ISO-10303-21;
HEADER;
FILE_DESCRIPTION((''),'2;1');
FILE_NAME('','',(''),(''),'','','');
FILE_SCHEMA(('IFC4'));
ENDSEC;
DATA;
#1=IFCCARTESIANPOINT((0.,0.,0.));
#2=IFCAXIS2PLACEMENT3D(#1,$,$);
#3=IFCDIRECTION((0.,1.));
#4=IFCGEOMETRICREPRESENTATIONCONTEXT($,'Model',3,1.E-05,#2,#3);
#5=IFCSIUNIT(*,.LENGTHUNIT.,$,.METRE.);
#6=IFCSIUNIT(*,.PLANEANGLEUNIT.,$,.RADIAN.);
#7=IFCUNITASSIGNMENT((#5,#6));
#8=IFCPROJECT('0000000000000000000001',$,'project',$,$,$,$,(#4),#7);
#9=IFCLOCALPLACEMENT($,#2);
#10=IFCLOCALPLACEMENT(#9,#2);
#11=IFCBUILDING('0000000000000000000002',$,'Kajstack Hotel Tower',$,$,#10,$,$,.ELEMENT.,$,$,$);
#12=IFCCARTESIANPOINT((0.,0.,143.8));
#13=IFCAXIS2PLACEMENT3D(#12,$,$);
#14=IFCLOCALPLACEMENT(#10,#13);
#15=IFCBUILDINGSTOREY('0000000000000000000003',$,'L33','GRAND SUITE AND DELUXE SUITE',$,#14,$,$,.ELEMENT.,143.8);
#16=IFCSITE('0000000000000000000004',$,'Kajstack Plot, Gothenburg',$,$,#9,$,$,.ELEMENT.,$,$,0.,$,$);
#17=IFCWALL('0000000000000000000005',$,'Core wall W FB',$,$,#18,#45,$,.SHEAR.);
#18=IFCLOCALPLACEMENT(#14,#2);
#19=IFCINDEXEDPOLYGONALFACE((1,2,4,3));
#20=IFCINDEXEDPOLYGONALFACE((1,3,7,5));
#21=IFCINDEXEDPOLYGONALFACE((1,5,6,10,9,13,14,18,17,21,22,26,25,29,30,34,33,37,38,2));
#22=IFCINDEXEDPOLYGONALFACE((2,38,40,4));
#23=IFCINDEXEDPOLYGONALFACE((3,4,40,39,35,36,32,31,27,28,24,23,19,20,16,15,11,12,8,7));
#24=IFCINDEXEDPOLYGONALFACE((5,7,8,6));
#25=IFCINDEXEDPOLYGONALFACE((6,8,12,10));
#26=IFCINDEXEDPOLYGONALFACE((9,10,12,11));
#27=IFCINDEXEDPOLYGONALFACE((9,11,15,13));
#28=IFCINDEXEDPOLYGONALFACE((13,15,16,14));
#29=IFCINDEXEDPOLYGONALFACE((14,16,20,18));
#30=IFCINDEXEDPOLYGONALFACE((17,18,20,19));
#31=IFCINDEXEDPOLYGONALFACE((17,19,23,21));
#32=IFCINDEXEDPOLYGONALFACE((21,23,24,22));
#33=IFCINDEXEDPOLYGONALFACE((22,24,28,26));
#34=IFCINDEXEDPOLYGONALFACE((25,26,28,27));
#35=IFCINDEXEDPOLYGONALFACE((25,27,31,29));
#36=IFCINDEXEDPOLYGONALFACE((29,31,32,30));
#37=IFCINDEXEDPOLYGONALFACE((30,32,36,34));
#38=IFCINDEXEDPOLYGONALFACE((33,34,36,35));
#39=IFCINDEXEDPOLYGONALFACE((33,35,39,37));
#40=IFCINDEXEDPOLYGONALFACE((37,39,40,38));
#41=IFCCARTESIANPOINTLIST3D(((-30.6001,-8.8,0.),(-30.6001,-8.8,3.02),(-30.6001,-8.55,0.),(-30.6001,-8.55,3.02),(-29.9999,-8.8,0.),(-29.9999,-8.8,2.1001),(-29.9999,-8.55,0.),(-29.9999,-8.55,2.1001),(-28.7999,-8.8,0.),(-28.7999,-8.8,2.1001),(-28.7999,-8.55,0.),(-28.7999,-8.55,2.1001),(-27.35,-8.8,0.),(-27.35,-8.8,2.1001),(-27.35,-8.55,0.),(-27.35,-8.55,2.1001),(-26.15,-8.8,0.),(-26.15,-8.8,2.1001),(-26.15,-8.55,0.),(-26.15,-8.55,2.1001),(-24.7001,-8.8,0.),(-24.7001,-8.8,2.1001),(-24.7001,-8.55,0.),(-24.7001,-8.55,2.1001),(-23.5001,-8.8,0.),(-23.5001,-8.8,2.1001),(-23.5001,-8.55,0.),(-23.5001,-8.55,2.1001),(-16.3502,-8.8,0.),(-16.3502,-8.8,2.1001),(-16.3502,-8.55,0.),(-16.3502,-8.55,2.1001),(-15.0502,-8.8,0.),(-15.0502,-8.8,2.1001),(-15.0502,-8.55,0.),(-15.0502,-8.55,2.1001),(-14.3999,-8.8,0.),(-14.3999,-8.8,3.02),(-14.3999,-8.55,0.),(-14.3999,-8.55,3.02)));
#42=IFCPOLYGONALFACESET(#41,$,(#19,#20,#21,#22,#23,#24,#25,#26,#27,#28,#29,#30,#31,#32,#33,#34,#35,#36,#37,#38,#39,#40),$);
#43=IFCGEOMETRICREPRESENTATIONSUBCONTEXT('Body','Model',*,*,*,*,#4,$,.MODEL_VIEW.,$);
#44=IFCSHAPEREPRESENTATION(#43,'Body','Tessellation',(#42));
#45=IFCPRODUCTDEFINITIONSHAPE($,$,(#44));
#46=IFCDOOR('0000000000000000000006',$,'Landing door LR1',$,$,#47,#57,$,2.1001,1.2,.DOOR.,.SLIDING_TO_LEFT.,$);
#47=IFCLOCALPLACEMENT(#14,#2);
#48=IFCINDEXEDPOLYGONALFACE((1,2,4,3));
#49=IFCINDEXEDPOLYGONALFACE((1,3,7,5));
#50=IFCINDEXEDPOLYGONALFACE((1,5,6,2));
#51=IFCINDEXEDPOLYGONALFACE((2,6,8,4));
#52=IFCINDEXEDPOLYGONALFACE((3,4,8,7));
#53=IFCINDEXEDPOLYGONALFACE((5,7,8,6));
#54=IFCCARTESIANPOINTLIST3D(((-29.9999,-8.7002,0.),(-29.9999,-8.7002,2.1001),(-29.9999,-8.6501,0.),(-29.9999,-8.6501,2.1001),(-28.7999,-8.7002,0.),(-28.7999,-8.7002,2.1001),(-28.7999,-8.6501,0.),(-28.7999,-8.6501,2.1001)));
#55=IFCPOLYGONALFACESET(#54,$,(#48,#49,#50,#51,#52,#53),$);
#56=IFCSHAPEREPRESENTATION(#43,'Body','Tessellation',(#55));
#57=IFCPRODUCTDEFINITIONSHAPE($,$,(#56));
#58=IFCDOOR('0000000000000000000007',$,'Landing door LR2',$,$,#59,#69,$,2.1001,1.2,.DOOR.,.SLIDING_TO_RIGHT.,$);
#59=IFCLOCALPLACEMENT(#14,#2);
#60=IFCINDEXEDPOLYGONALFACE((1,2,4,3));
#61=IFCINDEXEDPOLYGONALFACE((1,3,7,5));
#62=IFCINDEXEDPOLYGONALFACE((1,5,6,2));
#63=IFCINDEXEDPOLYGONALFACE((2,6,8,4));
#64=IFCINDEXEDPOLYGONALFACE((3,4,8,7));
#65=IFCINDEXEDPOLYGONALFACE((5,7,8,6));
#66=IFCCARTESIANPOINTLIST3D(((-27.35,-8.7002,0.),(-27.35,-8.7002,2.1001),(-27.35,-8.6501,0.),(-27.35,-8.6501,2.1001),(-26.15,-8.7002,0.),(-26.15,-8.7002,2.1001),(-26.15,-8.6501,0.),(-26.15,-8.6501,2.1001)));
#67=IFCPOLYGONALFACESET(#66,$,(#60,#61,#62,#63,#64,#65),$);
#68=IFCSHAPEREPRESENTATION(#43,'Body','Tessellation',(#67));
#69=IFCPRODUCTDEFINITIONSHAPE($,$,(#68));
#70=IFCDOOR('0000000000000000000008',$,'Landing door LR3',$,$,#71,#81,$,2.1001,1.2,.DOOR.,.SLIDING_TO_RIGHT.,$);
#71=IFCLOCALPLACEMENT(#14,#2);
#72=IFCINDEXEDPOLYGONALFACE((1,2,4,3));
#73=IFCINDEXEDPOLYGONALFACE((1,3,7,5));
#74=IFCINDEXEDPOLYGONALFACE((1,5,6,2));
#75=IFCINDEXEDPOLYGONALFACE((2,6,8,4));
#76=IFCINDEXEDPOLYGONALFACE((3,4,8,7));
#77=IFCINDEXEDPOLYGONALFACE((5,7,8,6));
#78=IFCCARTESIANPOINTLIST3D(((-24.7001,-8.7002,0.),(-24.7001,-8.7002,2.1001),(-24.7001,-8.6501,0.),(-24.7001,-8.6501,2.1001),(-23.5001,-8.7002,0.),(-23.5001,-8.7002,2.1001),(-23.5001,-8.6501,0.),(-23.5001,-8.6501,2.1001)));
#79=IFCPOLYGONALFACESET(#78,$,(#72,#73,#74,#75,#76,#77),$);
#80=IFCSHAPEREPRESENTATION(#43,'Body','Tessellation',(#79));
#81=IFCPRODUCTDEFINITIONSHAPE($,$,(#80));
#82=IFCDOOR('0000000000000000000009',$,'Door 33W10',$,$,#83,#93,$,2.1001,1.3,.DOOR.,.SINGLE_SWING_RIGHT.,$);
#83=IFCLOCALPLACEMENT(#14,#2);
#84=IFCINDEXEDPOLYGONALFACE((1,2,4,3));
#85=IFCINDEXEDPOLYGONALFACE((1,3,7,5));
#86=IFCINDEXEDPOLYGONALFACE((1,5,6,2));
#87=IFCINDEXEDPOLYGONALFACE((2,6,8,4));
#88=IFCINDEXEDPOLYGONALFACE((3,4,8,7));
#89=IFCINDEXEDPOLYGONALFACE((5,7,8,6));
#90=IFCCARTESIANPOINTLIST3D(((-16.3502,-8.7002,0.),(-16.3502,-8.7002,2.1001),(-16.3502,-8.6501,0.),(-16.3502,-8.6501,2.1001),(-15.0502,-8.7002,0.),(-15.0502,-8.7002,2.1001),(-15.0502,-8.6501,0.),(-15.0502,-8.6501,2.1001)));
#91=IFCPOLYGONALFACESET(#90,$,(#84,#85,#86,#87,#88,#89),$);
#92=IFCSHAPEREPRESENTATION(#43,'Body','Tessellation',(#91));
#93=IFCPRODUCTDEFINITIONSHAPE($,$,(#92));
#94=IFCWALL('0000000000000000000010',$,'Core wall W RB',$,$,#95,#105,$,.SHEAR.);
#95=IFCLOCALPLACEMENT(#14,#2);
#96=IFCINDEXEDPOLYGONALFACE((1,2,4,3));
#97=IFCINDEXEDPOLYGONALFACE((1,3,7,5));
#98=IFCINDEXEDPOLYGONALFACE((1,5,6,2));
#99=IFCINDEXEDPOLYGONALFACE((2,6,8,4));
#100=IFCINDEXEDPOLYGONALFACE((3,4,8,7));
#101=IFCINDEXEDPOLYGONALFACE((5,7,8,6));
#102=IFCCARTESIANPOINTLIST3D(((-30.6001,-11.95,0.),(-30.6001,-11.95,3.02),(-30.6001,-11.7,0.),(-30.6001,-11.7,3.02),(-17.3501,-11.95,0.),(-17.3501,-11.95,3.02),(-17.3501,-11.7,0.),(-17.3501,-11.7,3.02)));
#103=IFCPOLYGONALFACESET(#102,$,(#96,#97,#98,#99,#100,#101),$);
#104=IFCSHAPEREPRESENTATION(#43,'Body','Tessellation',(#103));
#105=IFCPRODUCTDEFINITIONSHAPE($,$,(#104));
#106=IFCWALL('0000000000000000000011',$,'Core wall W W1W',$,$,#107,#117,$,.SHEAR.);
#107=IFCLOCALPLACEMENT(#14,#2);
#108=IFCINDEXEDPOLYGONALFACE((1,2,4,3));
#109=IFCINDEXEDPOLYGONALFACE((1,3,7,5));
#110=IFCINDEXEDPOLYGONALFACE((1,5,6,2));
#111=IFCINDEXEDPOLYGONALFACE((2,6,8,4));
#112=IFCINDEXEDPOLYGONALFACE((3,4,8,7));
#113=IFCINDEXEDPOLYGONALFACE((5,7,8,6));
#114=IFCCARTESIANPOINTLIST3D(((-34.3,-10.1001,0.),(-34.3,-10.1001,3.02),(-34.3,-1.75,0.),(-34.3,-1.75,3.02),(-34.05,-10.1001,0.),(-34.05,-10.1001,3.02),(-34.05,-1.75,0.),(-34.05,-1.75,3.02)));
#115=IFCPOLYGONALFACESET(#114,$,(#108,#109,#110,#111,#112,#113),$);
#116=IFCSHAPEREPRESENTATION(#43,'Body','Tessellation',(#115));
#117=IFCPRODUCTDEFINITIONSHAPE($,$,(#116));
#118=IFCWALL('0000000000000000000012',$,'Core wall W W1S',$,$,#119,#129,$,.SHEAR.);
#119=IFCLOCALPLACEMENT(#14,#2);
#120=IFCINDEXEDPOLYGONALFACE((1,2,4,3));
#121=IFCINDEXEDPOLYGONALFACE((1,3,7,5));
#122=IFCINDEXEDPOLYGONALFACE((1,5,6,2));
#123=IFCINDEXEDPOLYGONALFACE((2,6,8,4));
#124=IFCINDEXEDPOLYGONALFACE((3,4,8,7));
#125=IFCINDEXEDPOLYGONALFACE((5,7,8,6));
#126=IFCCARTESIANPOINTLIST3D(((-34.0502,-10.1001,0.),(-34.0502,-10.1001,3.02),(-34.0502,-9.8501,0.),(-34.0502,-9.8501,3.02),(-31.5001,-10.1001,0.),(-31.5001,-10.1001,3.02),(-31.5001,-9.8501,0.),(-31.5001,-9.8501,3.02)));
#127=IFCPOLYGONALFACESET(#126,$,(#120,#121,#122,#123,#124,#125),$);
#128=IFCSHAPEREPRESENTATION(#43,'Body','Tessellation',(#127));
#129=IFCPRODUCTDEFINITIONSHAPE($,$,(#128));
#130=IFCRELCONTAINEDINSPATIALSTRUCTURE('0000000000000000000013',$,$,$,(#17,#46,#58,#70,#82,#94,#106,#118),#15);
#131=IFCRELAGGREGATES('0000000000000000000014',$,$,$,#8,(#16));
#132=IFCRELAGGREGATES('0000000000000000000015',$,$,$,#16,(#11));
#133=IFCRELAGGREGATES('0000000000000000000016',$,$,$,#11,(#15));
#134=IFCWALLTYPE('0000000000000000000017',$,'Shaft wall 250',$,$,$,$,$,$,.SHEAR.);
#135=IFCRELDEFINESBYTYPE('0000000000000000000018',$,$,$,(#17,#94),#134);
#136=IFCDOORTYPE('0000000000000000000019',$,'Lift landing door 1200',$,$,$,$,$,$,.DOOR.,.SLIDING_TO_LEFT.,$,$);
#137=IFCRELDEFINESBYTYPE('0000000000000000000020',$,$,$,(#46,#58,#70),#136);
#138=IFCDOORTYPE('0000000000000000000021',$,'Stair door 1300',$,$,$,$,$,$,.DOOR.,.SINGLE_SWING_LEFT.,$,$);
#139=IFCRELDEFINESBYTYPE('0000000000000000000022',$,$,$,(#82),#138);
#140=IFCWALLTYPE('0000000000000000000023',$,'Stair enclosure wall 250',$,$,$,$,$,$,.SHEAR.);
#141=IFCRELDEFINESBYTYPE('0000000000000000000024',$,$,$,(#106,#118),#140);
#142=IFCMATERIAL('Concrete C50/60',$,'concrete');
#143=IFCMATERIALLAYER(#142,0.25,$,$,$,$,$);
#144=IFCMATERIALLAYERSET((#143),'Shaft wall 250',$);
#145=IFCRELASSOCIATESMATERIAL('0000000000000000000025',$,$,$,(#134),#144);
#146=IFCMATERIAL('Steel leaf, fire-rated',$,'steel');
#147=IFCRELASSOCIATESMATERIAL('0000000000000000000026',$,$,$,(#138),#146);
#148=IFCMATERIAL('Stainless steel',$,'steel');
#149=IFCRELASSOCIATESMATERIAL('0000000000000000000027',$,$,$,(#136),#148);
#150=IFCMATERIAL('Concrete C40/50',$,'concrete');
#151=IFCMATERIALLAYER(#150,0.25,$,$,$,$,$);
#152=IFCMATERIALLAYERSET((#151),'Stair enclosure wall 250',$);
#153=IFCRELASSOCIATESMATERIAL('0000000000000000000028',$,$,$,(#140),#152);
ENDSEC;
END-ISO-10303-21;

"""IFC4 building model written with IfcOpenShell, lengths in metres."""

from ifc_helpers import new_model, si_unit, direction, frame, frame_2d, origin, place, context, subcontext, project, spatial, rectangle, extrude, material, layer, layer_set, type_object, element, fill, save


model = new_model("IFC4")

# Units and contexts
model_context = context("Model", 3, precision=1e-05, world=origin(), true_north=direction((0.0, 1.0)))
body_context = subcontext(model_context, "Body", "Model", "MODEL_VIEW")
ifc_project = project(units=[si_unit("LENGTHUNIT", "METRE"), si_unit("PLANEANGLEUNIT", "RADIAN")], contexts=[model_context])

# Site, building, storey
site_placement = place(None, origin())
site = spatial("IfcSite", under=ifc_project, at=site_placement, Name="Kajstack Plot, Gothenburg", CompositionType="ELEMENT", RefElevation=0.0)
building_placement = place(site_placement, origin())
building = spatial("IfcBuilding", under=site, at=building_placement, Name="Kajstack Hotel Tower", CompositionType="ELEMENT")
storey_placement = place(building_placement, frame((0.0, 0.0, 143.8)))
storey = spatial("IfcBuildingStorey", under=building, at=storey_placement, Name="L33", Description="GRAND SUITE AND DELUXE SUITE", CompositionType="ELEMENT", Elevation=143.8)

# Shared definitions
ifc_material_1 = material(Name="Stainless steel", Category="steel")

# Shared definitions
ifc_material_2 = material(Name="Concrete C40/50", Category="concrete")

# Wall, openings, doors
ifc_material_3 = material(Name="Concrete C50/60", Category="concrete")
ifc_layer_1 = layer(ifc_material_3, 0.25)
ifc_layer_set_1 = layer_set([ifc_layer_1], Name="Shaft wall 250")
wall_type_1 = type_object("IfcWallType", Name="Shaft wall 250", PredefinedType="SHEAR", material=ifc_layer_set_1)
ifc_material_4 = material(Name="Steel leaf, fire-rated", Category="steel")
door_type_1 = type_object("IfcDoorType", Name="Stair door 1300", OperationType="SINGLE_SWING_LEFT", PredefinedType="DOOR", material=ifc_material_4)
wall_1_placement = place(storey_placement, frame((-30.6001, -8.675, 0.0), z_axis=(0.0, 0.0, 1.0), x_axis=(1.0, 0.0, 0.0)))
wall_1 = element("IfcWall", 1, at=wall_1_placement, inside=storey, type_object=wall_type_1, Name="Core wall W FB", PredefinedType="SHEAR", context=body_context, shape_type="SweptSolid", body=[
    extrude(rectangle(XDim=16.2002, YDim=0.25, at=frame_2d((8.1001, 0.0))), origin(), (0.0, 0.0, 1.0), 3.02),
])
opening_1_placement = place(wall_1_placement, frame((0.6001, 0.0, 0.0)))
opening_1 = element("IfcOpeningElement", 2, at=opening_1_placement, cuts=wall_1, PredefinedType="OPENING", context=body_context, shape_type="SweptSolid", body=[
    extrude(rectangle(XDim=1.2, YDim=2.1001, at=frame_2d((0.6001, 1.05))), frame((0.0, 0.135, 0.0), z_axis=(0.0, -1.0, 0.0), x_axis=(1.0, 0.0, 0.0)), (0.0, 0.0, 1.0), 0.27),
])
opening_2_placement = place(wall_1_placement, frame((3.25, 0.0, 0.0)))
opening_2 = element("IfcOpeningElement", 3, at=opening_2_placement, cuts=wall_1, PredefinedType="OPENING", context=body_context, shape_type="SweptSolid", body=[
    extrude(rectangle(XDim=1.2, YDim=2.1001, at=frame_2d((0.6001, 1.05))), frame((0.0, 0.135, 0.0), z_axis=(0.0, -1.0, 0.0), x_axis=(1.0, 0.0, 0.0)), (0.0, 0.0, 1.0), 0.27),
])
opening_3_placement = place(wall_1_placement, frame((5.8999, 0.0, 0.0)))
opening_3 = element("IfcOpeningElement", 4, at=opening_3_placement, cuts=wall_1, PredefinedType="OPENING", context=body_context, shape_type="SweptSolid", body=[
    extrude(rectangle(XDim=1.2, YDim=2.1001, at=frame_2d((0.6001, 1.05))), frame((0.0, 0.135, 0.0), z_axis=(0.0, -1.0, 0.0), x_axis=(1.0, 0.0, 0.0)), (0.0, 0.0, 1.0), 0.27),
])
opening_4_placement = place(wall_1_placement, frame((14.25, 0.0, 0.0)))
opening_4 = element("IfcOpeningElement", 5, at=opening_4_placement, cuts=wall_1, PredefinedType="OPENING", context=body_context, shape_type="SweptSolid", body=[
    extrude(rectangle(XDim=1.3, YDim=2.1001, at=frame_2d((0.6499, 1.05))), frame((0.0, 0.135, 0.0), z_axis=(0.0, -1.0, 0.0), x_axis=(1.0, 0.0, 0.0)), (0.0, 0.0, 1.0), 0.27),
])
door_type_2 = type_object("IfcDoorType", Name="Lift landing door 1200", OperationType="SLIDING_TO_LEFT", PredefinedType="DOOR", material=ifc_material_1)
door_1_placement = place(opening_1_placement, origin())
door_1 = element("IfcDoor", 6, at=door_1_placement, inside=storey, type_object=door_type_2, Name="Landing door LR1", OperationType="SLIDING_TO_LEFT", OverallHeight=2.1001, OverallWidth=1.2, PredefinedType="DOOR", context=body_context, shape_type="SweptSolid", body=[
    extrude(rectangle(XDim=1.2, YDim=2.1001, at=frame_2d((0.6001, 1.05))), frame((0.0, 0.0249, 0.0), z_axis=(0.0, -1.0, 0.0), x_axis=(1.0, 0.0, 0.0)), (0.0, 0.0, 1.0), 0.05),
])
fill(opening_1, door_1)
door_2_placement = place(opening_2_placement, origin())
door_2 = element("IfcDoor", 7, at=door_2_placement, inside=storey, type_object=door_type_2, Name="Landing door LR2", OperationType="SLIDING_TO_RIGHT", OverallHeight=2.1001, OverallWidth=1.2, PredefinedType="DOOR", context=body_context, shape_type="SweptSolid", body=[
    extrude(rectangle(XDim=1.2, YDim=2.1001, at=frame_2d((0.6001, 1.05))), frame((0.0, 0.0249, 0.0), z_axis=(0.0, -1.0, 0.0), x_axis=(1.0, 0.0, 0.0)), (0.0, 0.0, 1.0), 0.05),
])
fill(opening_2, door_2)
door_3_placement = place(opening_3_placement, origin())
door_3 = element("IfcDoor", 8, at=door_3_placement, inside=storey, type_object=door_type_2, Name="Landing door LR3", OperationType="SLIDING_TO_RIGHT", OverallHeight=2.1001, OverallWidth=1.2, PredefinedType="DOOR", context=body_context, shape_type="SweptSolid", body=[
    extrude(rectangle(XDim=1.2, YDim=2.1001, at=frame_2d((0.6001, 1.05))), frame((0.0, 0.0249, 0.0), z_axis=(0.0, -1.0, 0.0), x_axis=(1.0, 0.0, 0.0)), (0.0, 0.0, 1.0), 0.05),
])
fill(opening_3, door_3)
door_4_placement = place(opening_4_placement, origin())
door_4 = element("IfcDoor", 9, at=door_4_placement, inside=storey, type_object=door_type_1, Name="Door 33W10", OperationType="SINGLE_SWING_RIGHT", OverallHeight=2.1001, OverallWidth=1.3, PredefinedType="DOOR", context=body_context, shape_type="SweptSolid", body=[
    extrude(rectangle(XDim=1.3, YDim=2.1001, at=frame_2d((0.6499, 1.05))), frame((0.0, 0.0249, 0.0), z_axis=(0.0, -1.0, 0.0), x_axis=(1.0, 0.0, 0.0)), (0.0, 0.0, 1.0), 0.05),
])
fill(opening_4, door_4)

# Walls
wall_2_placement = place(storey_placement, frame((-30.6001, -11.825, 0.0), z_axis=(0.0, 0.0, 1.0), x_axis=(1.0, 0.0, 0.0)))
element("IfcWall", 10, at=wall_2_placement, inside=storey, type_object=wall_type_1, Name="Core wall W RB", PredefinedType="SHEAR", context=body_context, shape_type="SweptSolid", body=[
    extrude(rectangle(XDim=13.25, YDim=0.25, at=frame_2d((6.625, 0.0))), origin(), (0.0, 0.0, 1.0), 3.02),
])
ifc_layer_2 = layer(ifc_material_2, 0.25)
ifc_layer_set_2 = layer_set([ifc_layer_2], Name="Stair enclosure wall 250")
wall_type_2 = type_object("IfcWallType", Name="Stair enclosure wall 250", PredefinedType="SHEAR", material=ifc_layer_set_2)
wall_3_placement = place(storey_placement, frame((-34.175, -10.1001, 0.0), z_axis=(0.0, 0.0, 1.0), x_axis=(0.0, 1.0, 0.0)))
element("IfcWall", 11, at=wall_3_placement, inside=storey, type_object=wall_type_2, Name="Core wall W W1W", PredefinedType="SHEAR", context=body_context, shape_type="SweptSolid", body=[
    extrude(rectangle(XDim=8.3501, YDim=0.25, at=frame_2d((4.175, 0.0))), origin(), (0.0, 0.0, 1.0), 3.02),
])
wall_4_placement = place(storey_placement, frame((-34.05, -9.9751, 0.0), z_axis=(0.0, 0.0, 1.0), x_axis=(1.0, 0.0, 0.0)))
element("IfcWall", 12, at=wall_4_placement, inside=storey, type_object=wall_type_2, Name="Core wall W W1S", PredefinedType="SHEAR", context=body_context, shape_type="SweptSolid", body=[
    extrude(rectangle(XDim=2.55, YDim=0.25, at=frame_2d((1.2749, 0.0))), origin(), (0.0, 0.0, 1.0), 3.02),
])

save(model, "model.ifc")
